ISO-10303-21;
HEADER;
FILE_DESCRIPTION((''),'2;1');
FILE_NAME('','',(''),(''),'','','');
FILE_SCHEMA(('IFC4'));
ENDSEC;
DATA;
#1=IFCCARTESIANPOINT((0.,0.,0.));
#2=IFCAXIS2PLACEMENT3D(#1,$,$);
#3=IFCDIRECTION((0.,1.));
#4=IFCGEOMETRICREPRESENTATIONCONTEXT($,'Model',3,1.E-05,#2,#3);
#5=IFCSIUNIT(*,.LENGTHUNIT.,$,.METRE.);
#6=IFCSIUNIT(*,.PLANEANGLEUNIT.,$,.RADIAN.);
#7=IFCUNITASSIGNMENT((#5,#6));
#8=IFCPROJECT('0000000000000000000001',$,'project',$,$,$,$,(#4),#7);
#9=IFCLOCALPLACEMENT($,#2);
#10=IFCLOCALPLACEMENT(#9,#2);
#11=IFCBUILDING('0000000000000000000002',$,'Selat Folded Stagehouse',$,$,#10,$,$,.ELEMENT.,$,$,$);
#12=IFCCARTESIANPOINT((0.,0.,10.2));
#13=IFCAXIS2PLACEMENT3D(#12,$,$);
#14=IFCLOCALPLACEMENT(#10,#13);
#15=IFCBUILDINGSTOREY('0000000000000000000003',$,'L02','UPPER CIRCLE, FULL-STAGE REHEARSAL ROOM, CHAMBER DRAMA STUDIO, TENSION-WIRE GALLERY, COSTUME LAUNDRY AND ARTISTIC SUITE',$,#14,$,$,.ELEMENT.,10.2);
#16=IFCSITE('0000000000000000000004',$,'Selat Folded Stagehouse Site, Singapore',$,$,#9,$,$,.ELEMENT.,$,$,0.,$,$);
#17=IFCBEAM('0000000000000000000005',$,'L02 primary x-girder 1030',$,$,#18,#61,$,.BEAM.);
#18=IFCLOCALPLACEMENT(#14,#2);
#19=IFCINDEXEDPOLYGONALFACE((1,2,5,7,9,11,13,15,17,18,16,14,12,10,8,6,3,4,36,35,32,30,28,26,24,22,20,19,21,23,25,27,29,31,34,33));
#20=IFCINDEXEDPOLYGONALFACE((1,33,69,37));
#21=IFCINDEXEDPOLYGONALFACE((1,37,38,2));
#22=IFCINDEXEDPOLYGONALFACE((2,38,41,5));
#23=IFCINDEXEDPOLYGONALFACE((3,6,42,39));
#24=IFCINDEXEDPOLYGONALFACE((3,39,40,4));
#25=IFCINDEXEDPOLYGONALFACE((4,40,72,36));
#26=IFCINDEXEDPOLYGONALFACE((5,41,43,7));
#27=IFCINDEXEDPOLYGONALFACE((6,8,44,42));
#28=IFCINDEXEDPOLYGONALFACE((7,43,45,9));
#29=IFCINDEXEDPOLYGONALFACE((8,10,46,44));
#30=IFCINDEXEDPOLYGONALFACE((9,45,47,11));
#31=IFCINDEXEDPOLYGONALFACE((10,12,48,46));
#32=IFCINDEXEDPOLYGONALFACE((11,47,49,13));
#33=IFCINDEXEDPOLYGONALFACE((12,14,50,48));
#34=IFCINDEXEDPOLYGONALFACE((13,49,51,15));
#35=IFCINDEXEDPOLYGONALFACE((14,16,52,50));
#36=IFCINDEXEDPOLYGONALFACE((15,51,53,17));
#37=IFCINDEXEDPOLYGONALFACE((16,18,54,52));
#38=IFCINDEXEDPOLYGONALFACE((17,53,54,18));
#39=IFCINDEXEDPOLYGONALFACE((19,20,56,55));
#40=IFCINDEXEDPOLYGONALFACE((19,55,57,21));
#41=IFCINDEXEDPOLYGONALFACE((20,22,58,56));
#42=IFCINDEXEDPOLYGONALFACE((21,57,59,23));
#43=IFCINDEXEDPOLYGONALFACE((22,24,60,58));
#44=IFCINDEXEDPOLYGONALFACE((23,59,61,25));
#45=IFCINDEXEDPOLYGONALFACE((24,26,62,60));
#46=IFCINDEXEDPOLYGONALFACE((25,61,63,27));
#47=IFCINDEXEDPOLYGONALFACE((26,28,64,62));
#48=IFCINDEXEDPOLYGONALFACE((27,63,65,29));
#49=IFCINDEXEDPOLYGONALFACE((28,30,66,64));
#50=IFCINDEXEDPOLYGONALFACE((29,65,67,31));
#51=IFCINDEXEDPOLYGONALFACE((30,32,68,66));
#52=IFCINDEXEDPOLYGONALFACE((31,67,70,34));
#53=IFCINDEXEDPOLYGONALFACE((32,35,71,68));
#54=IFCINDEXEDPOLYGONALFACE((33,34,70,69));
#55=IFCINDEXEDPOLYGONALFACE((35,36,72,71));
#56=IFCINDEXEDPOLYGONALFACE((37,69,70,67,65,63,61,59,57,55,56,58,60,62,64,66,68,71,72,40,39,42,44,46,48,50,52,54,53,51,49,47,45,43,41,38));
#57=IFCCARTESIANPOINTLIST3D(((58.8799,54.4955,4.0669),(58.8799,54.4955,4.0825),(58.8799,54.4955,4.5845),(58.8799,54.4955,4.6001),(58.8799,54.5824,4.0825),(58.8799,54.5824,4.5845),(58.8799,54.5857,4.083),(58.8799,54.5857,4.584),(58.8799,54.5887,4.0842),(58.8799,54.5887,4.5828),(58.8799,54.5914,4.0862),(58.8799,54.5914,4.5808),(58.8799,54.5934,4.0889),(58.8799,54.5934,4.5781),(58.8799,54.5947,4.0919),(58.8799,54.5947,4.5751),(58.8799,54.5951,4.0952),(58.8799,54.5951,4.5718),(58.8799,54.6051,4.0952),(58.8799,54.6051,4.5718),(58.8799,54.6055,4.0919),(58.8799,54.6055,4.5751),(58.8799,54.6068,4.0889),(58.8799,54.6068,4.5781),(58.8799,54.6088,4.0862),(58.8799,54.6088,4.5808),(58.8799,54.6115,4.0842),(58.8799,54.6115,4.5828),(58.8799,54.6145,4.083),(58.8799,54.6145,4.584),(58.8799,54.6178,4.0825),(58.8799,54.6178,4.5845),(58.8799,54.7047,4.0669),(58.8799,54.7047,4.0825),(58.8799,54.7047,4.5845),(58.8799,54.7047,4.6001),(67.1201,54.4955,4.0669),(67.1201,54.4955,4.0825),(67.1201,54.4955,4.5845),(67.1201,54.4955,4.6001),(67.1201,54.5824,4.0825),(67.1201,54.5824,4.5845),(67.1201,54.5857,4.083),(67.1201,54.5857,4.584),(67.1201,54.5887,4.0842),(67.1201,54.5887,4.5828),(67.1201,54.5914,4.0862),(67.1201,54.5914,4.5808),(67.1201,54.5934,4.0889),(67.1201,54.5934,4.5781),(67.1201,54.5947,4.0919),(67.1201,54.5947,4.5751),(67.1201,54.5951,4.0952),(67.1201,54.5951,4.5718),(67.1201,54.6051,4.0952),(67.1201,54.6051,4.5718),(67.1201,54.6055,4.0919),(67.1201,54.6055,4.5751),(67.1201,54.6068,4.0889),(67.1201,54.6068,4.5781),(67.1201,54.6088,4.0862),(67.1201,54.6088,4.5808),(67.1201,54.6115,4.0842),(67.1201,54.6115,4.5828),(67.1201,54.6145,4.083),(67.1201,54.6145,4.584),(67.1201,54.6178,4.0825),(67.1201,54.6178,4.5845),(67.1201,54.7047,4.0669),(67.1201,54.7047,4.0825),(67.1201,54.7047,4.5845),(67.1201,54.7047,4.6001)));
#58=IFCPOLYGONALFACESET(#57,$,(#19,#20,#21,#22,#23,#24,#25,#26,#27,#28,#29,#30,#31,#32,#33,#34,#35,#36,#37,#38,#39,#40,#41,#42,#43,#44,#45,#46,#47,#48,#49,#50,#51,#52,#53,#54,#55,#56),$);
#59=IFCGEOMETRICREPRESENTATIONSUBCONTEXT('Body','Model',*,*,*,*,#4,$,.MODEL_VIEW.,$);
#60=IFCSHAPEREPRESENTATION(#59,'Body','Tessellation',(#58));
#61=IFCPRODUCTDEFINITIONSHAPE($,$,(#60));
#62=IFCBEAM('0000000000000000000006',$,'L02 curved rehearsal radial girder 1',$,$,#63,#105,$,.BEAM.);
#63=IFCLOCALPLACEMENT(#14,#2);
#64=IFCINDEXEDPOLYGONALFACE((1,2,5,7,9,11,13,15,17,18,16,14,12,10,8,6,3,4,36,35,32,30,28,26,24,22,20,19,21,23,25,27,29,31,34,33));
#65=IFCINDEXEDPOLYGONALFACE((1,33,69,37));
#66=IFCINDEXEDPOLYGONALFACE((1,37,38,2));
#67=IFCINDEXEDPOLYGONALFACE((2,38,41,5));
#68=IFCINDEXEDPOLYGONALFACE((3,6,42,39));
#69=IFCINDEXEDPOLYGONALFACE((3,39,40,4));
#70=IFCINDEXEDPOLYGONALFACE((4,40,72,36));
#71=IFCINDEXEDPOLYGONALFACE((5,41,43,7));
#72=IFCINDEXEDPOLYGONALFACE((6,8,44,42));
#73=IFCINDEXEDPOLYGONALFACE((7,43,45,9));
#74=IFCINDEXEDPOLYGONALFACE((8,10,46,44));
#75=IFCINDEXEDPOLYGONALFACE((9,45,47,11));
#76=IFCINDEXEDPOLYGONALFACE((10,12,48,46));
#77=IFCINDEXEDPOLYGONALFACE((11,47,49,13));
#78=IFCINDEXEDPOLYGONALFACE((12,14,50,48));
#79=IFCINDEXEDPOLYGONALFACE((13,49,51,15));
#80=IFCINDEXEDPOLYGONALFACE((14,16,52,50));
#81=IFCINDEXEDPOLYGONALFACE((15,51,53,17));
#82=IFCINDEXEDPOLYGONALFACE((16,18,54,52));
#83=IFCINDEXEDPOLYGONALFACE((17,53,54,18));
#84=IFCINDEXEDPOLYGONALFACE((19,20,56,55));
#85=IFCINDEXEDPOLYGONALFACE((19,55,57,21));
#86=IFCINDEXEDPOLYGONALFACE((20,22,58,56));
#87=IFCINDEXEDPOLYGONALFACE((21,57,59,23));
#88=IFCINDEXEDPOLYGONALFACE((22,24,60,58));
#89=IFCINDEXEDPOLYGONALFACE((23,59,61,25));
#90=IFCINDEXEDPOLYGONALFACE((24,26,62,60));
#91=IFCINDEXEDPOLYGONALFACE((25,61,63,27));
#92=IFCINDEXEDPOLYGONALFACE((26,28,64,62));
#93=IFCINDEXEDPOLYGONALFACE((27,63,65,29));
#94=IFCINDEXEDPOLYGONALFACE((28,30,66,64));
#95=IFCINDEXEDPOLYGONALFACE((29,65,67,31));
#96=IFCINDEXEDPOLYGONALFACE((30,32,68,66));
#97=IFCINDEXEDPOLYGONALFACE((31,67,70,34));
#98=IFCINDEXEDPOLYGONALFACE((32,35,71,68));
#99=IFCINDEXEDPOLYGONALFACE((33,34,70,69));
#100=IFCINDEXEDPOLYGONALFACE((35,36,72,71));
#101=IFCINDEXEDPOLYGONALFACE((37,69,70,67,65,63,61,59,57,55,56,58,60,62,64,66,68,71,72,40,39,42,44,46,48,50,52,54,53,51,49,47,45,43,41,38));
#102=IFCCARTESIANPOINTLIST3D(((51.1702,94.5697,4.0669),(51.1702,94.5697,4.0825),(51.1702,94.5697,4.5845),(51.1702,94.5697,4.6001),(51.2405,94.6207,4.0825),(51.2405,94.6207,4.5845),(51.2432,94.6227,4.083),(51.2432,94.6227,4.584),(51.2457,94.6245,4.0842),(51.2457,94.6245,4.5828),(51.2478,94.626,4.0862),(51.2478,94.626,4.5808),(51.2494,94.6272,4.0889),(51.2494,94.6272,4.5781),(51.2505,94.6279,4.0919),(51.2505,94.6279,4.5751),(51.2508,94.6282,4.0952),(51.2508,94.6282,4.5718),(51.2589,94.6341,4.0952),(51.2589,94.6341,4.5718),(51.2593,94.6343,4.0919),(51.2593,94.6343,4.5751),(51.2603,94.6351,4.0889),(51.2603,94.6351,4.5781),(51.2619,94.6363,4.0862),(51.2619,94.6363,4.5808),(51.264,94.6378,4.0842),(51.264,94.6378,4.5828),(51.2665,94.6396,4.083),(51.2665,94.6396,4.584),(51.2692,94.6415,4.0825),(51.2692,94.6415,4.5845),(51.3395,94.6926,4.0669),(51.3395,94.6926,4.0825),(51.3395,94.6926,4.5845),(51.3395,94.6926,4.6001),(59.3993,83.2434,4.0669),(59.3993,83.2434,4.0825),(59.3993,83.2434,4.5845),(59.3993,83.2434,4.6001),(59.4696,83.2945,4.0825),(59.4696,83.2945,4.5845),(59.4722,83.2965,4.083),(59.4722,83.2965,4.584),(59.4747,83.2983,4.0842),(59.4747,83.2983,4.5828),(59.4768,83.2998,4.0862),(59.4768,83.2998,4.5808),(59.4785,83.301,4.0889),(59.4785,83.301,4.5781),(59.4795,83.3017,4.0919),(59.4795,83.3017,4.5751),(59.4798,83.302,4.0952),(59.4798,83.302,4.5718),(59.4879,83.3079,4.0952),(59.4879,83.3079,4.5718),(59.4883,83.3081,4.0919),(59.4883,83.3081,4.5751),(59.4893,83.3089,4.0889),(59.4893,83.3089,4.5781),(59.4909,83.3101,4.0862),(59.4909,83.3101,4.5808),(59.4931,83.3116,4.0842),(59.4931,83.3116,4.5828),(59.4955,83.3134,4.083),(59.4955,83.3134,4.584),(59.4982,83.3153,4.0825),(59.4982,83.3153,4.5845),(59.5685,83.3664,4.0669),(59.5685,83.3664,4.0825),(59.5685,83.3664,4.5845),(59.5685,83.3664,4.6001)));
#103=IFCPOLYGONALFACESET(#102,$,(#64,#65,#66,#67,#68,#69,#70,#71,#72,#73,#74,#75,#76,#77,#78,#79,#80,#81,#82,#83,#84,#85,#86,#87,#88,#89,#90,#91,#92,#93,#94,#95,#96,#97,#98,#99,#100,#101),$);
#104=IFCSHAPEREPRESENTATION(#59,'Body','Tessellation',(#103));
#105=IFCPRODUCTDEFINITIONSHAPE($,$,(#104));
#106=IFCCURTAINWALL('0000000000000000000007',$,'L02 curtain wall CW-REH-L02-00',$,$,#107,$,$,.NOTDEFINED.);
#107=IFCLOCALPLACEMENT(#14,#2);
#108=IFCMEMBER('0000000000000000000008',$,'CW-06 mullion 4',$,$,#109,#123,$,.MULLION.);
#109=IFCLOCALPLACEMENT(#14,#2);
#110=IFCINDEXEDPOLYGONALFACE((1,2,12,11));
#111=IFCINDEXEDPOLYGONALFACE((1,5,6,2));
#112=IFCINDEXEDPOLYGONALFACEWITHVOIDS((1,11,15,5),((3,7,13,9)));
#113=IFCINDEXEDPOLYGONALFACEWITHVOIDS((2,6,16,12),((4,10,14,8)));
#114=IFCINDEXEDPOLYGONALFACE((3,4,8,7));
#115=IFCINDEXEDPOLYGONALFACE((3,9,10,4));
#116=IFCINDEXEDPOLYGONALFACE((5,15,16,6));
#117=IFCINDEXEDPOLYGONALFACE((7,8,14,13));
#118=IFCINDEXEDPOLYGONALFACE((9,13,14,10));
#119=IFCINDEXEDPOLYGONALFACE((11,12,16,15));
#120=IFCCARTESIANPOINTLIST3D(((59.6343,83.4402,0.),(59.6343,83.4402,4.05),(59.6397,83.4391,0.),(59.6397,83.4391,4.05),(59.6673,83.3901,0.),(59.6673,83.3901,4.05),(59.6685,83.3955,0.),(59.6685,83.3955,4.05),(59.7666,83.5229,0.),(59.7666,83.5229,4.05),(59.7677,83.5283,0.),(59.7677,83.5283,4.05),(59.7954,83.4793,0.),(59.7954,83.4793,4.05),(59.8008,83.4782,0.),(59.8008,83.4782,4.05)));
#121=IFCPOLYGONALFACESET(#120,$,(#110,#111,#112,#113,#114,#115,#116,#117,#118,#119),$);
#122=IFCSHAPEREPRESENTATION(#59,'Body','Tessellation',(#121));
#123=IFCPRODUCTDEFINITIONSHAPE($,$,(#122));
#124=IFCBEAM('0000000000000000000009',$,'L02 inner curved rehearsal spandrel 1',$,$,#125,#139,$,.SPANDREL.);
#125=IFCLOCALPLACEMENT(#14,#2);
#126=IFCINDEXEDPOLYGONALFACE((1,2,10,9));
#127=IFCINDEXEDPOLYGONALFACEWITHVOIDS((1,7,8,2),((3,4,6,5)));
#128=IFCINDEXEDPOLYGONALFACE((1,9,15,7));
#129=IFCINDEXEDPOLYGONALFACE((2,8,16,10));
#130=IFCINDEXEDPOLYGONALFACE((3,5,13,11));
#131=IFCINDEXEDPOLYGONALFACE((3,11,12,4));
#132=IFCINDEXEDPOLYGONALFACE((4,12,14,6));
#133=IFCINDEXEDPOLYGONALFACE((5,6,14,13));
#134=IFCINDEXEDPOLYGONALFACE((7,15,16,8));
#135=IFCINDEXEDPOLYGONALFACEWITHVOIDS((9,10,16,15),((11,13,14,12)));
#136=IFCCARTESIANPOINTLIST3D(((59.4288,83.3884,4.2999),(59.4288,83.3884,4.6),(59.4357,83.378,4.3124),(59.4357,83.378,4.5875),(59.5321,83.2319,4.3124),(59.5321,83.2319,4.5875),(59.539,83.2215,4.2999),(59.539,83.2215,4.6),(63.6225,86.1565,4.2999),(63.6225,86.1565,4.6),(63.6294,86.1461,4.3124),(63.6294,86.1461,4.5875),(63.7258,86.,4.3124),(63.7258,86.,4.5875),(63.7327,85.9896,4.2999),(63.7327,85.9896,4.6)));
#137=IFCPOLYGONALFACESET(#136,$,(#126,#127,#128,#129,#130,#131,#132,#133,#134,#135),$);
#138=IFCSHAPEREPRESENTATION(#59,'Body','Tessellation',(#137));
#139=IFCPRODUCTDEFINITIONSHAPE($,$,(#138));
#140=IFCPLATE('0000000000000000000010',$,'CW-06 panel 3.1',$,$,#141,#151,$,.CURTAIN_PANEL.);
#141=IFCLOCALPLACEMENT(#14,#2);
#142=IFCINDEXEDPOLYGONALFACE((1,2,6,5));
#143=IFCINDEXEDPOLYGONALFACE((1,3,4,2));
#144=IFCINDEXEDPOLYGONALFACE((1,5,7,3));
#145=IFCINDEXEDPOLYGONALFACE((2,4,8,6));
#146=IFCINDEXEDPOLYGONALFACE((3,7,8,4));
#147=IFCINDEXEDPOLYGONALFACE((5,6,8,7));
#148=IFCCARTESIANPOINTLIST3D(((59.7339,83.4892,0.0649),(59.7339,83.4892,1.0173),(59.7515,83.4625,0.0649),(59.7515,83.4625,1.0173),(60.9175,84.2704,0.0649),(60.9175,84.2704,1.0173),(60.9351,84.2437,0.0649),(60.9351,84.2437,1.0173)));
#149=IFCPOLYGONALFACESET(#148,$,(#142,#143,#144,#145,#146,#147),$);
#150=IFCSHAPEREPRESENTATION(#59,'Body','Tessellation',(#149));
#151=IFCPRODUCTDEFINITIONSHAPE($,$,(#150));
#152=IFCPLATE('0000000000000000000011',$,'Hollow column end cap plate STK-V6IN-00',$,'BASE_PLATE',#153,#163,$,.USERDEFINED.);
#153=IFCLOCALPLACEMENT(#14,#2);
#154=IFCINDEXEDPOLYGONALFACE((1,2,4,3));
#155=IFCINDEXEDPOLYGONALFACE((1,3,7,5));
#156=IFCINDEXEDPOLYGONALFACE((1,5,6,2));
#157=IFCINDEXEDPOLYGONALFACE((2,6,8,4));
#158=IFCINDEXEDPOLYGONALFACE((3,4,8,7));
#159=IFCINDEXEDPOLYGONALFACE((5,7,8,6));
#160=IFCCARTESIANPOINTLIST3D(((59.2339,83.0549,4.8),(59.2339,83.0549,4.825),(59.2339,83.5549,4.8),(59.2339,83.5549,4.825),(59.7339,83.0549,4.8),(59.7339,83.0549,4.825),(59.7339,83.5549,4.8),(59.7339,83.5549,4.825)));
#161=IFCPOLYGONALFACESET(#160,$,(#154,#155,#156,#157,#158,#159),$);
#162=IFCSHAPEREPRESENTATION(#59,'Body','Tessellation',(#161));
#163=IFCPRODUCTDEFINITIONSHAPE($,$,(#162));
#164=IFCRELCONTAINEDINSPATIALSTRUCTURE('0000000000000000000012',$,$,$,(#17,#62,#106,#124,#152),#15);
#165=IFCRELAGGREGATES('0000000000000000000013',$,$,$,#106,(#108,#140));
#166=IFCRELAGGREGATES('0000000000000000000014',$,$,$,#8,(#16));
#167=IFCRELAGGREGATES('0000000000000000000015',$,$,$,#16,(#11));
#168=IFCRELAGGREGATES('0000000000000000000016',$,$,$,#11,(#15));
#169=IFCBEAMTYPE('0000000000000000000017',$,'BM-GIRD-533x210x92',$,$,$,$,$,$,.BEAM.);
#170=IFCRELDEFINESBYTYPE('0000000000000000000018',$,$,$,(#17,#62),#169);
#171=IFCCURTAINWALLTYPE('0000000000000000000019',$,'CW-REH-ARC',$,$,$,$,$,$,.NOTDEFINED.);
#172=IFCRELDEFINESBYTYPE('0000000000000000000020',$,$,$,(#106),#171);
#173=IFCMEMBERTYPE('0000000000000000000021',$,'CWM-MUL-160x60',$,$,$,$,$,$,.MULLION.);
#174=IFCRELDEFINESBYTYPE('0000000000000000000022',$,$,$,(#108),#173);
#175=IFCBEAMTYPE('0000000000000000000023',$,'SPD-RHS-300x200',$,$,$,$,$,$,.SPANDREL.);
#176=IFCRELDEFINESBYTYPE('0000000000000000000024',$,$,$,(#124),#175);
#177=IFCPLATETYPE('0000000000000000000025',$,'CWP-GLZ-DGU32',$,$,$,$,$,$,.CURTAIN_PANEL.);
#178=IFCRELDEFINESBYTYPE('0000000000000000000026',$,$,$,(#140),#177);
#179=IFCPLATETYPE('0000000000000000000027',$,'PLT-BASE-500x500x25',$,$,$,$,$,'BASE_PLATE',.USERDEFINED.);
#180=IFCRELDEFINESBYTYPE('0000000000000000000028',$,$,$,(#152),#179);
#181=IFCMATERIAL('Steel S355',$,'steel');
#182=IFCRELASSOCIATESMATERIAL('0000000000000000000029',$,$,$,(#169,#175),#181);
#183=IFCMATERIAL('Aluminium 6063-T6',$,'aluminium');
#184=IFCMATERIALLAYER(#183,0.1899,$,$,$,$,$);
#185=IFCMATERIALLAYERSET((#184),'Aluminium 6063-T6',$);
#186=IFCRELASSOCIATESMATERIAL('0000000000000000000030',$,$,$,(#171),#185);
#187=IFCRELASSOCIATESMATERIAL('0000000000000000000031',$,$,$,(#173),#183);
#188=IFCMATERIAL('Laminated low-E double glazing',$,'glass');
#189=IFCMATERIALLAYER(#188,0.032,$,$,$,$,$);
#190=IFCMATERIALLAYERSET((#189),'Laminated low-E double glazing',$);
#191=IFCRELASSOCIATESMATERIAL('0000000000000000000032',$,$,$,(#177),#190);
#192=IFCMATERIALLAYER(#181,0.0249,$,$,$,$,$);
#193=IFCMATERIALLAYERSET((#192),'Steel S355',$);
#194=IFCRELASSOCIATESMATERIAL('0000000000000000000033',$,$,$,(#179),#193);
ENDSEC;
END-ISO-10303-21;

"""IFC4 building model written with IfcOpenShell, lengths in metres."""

from ifc_helpers import new_model, si_unit, direction, frame, origin, origin_2d, place, context, subcontext, project, spatial, rectangle, hollow_rectangle, i_section, extrude, material, layer, layer_set, material_profile, profile_set, type_object, element, aggregate, save


model = new_model("IFC4")

# Units and contexts
model_context = context("Model", 3, precision=1e-05, world=origin(), true_north=direction((0.0, 1.0)))
body_context = subcontext(model_context, "Body", "Model", "MODEL_VIEW")
ifc_project = project(units=[si_unit("LENGTHUNIT", "METRE"), si_unit("PLANEANGLEUNIT", "RADIAN")], contexts=[model_context])

# Site, building, storey
site_placement = place(None, origin())
site = spatial("IfcSite", under=ifc_project, at=site_placement, Name="Selat Folded Stagehouse Site, Singapore", CompositionType="ELEMENT", RefElevation=0.0)
building_placement = place(site_placement, origin())
building = spatial("IfcBuilding", under=site, at=building_placement, Name="Selat Folded Stagehouse", CompositionType="ELEMENT")
storey_placement = place(building_placement, frame((0.0, 0.0, 10.2)))
storey = spatial("IfcBuildingStorey", under=building, at=storey_placement, Name="L02", Description="UPPER CIRCLE, FULL-STAGE REHEARSAL ROOM, CHAMBER DRAMA STUDIO, TENSION-WIRE GALLERY, COSTUME LAUNDRY AND ARTISTIC SUITE", CompositionType="ELEMENT", Elevation=10.2)

# Shared definitions
ifc_material_1 = material(Name="Steel S355", Category="steel")

# Beams
ifc_material_profile_1 = material_profile(ifc_material_1, i_section(OverallWidth=0.2092, OverallDepth=0.5332, WebThickness=0.01, FlangeThickness=0.0156, FilletRadius=0.0127, at=origin_2d()), Name="UKB 533x210x92")
ifc_profile_set_1 = profile_set([ifc_material_profile_1], Name="Steel S355")
beam_type_1 = type_object("IfcBeamType", Name="BM-GIRD-533x210x92", PredefinedType="BEAM", material=ifc_profile_set_1)
beam_1_placement = place(storey_placement, frame((58.8799, 54.6001, 4.3335), z_axis=(1.0, 0.0, 0.0), x_axis=(0.0, 1.0, 0.0)))
element("IfcBeam", 1, at=beam_1_placement, inside=storey, type_object=beam_type_1, Name="L02 primary x-girder 1030", PredefinedType="BEAM", context=body_context, shape_type="SweptSolid", body=[
    extrude(i_section(OverallWidth=0.2092, OverallDepth=0.5332, WebThickness=0.01, FlangeThickness=0.0156, FilletRadius=0.0127, at=origin_2d()), origin(), (0.0, 0.0, 1.0), 8.2402),
])
beam_2_placement = place(storey_placement, frame((59.4839, 83.3049, 4.3335), z_axis=(-0.587788, 0.809015, 0.0), x_axis=(-0.809015, -0.587788, 0.0)))
element("IfcBeam", 2, at=beam_2_placement, inside=storey, type_object=beam_type_1, Name="L02 curved rehearsal radial girder 1", PredefinedType="BEAM", context=body_context, shape_type="SweptSolid", body=[
    extrude(i_section(OverallWidth=0.2092, OverallDepth=0.5332, WebThickness=0.01, FlangeThickness=0.0156, FilletRadius=0.0127, at=origin_2d()), origin(), (0.0, 0.0, 1.0), 14.0),
])

# Curtain wall, member
ifc_material_2 = material(Name="Aluminium 6063-T6", Category="aluminium")
ifc_layer_1 = layer(ifc_material_2, 0.1899)
ifc_layer_set_1 = layer_set([ifc_layer_1], Name="Aluminium 6063-T6")
curtain_wall_type = type_object("IfcCurtainWallType", Name="CW-REH-ARC", PredefinedType="NOTDEFINED", material=ifc_layer_set_1)
curtain_wall_placement = place(storey_placement, origin())
curtain_wall = element("IfcCurtainWall", 3, at=curtain_wall_placement, inside=storey, type_object=curtain_wall_type, Name="L02 curtain wall CW-REH-L02-00", PredefinedType="NOTDEFINED")
ifc_material_profile_2 = material_profile(ifc_material_2, hollow_rectangle(XDim=0.0601, YDim=0.1599, WallThickness=0.0039, at=origin_2d()), Name="ALU 160x60x4.0")
ifc_profile_set_2 = profile_set([ifc_material_profile_2], Name="Aluminium 6063-T6")
member_type = type_object("IfcMemberType", Name="CWM-MUL-160x60", PredefinedType="MULLION", material=ifc_profile_set_2)
member_placement = place(storey_placement, frame((59.7175, 83.4592, 0.0), z_axis=(0.0, 0.0, 1.0), x_axis=(0.550885, -0.834581, 0.0)))
member = element("IfcMember", 4, at=member_placement, type_object=member_type, Name="CW-06 mullion 4", PredefinedType="MULLION", context=body_context, shape_type="SweptSolid", body=[
    extrude(hollow_rectangle(XDim=0.0601, YDim=0.1599, WallThickness=0.0039, at=origin_2d()), origin(), (0.0, 0.0, 1.0), 4.05),
])

# Beam
ifc_material_profile_3 = material_profile(ifc_material_1, hollow_rectangle(XDim=0.2, YDim=0.3, WallThickness=0.0125, at=origin_2d()), Name="RHS 300x200x12.5")
ifc_profile_set_3 = profile_set([ifc_material_profile_3], Name="Steel S355")
beam_type_2 = type_object("IfcBeamType", Name="SPD-RHS-300x200", PredefinedType="SPANDREL", material=ifc_profile_set_3)
beam_3_placement = place(storey_placement, frame((59.4839, 83.3049, 4.45), z_axis=(0.834583, 0.550882, 0.0), x_axis=(-0.550882, 0.834583, 0.0)))
element("IfcBeam", 5, at=beam_3_placement, inside=storey, type_object=beam_type_2, Name="L02 inner curved rehearsal spandrel 1", PredefinedType="SPANDREL", context=body_context, shape_type="SweptSolid", body=[
    extrude(hollow_rectangle(XDim=0.2, YDim=0.3, WallThickness=0.0125, at=origin_2d()), origin(), (0.0, 0.0, 1.0), 5.0249),
])

# Plates
ifc_material_3 = material(Name="Laminated low-E double glazing", Category="glass")
ifc_layer_2 = layer(ifc_material_3, 0.032)
ifc_layer_set_2 = layer_set([ifc_layer_2], Name="Laminated low-E double glazing")
plate_type_1 = type_object("IfcPlateType", Name="CWP-GLZ-DGU32", PredefinedType="CURTAIN_PANEL", material=ifc_layer_set_2)
plate_1_placement = place(storey_placement, frame((60.3345, 83.8665, 0.0649), z_axis=(0.0, 0.0, 1.0), x_axis=(-0.834581, -0.550885, 0.0)))
plate_1 = element("IfcPlate", 6, at=plate_1_placement, type_object=plate_type_1, Name="CW-06 panel 3.1", PredefinedType="CURTAIN_PANEL", context=body_context, shape_type="SweptSolid", body=[
    extrude(rectangle(XDim=1.4182, YDim=0.032, at=origin_2d()), origin(), (0.0, 0.0, 1.0), 0.9524),
])
aggregate(curtain_wall, [member, plate_1])
ifc_layer_3 = layer(ifc_material_1, 0.0249)
ifc_layer_set_3 = layer_set([ifc_layer_3], Name="Steel S355")
plate_type_2 = type_object("IfcPlateType", Name="PLT-BASE-500x500x25", ElementType="BASE_PLATE", PredefinedType="USERDEFINED", material=ifc_layer_set_3)
plate_2_placement = place(storey_placement, frame((59.4839, 83.3049, 4.8), z_axis=(0.0, 0.0, 1.0), x_axis=(1.0, 0.0, 0.0)))
element("IfcPlate", 7, at=plate_2_placement, inside=storey, type_object=plate_type_2, Name="Hollow column end cap plate STK-V6IN-00", ObjectType="BASE_PLATE", PredefinedType="USERDEFINED", context=body_context, shape_type="SweptSolid", body=[
    extrude(rectangle(XDim=0.5, YDim=0.5, at=origin_2d()), origin(), (0.0, 0.0, 1.0), 0.0249),
])

save(model, "model.ifc")
